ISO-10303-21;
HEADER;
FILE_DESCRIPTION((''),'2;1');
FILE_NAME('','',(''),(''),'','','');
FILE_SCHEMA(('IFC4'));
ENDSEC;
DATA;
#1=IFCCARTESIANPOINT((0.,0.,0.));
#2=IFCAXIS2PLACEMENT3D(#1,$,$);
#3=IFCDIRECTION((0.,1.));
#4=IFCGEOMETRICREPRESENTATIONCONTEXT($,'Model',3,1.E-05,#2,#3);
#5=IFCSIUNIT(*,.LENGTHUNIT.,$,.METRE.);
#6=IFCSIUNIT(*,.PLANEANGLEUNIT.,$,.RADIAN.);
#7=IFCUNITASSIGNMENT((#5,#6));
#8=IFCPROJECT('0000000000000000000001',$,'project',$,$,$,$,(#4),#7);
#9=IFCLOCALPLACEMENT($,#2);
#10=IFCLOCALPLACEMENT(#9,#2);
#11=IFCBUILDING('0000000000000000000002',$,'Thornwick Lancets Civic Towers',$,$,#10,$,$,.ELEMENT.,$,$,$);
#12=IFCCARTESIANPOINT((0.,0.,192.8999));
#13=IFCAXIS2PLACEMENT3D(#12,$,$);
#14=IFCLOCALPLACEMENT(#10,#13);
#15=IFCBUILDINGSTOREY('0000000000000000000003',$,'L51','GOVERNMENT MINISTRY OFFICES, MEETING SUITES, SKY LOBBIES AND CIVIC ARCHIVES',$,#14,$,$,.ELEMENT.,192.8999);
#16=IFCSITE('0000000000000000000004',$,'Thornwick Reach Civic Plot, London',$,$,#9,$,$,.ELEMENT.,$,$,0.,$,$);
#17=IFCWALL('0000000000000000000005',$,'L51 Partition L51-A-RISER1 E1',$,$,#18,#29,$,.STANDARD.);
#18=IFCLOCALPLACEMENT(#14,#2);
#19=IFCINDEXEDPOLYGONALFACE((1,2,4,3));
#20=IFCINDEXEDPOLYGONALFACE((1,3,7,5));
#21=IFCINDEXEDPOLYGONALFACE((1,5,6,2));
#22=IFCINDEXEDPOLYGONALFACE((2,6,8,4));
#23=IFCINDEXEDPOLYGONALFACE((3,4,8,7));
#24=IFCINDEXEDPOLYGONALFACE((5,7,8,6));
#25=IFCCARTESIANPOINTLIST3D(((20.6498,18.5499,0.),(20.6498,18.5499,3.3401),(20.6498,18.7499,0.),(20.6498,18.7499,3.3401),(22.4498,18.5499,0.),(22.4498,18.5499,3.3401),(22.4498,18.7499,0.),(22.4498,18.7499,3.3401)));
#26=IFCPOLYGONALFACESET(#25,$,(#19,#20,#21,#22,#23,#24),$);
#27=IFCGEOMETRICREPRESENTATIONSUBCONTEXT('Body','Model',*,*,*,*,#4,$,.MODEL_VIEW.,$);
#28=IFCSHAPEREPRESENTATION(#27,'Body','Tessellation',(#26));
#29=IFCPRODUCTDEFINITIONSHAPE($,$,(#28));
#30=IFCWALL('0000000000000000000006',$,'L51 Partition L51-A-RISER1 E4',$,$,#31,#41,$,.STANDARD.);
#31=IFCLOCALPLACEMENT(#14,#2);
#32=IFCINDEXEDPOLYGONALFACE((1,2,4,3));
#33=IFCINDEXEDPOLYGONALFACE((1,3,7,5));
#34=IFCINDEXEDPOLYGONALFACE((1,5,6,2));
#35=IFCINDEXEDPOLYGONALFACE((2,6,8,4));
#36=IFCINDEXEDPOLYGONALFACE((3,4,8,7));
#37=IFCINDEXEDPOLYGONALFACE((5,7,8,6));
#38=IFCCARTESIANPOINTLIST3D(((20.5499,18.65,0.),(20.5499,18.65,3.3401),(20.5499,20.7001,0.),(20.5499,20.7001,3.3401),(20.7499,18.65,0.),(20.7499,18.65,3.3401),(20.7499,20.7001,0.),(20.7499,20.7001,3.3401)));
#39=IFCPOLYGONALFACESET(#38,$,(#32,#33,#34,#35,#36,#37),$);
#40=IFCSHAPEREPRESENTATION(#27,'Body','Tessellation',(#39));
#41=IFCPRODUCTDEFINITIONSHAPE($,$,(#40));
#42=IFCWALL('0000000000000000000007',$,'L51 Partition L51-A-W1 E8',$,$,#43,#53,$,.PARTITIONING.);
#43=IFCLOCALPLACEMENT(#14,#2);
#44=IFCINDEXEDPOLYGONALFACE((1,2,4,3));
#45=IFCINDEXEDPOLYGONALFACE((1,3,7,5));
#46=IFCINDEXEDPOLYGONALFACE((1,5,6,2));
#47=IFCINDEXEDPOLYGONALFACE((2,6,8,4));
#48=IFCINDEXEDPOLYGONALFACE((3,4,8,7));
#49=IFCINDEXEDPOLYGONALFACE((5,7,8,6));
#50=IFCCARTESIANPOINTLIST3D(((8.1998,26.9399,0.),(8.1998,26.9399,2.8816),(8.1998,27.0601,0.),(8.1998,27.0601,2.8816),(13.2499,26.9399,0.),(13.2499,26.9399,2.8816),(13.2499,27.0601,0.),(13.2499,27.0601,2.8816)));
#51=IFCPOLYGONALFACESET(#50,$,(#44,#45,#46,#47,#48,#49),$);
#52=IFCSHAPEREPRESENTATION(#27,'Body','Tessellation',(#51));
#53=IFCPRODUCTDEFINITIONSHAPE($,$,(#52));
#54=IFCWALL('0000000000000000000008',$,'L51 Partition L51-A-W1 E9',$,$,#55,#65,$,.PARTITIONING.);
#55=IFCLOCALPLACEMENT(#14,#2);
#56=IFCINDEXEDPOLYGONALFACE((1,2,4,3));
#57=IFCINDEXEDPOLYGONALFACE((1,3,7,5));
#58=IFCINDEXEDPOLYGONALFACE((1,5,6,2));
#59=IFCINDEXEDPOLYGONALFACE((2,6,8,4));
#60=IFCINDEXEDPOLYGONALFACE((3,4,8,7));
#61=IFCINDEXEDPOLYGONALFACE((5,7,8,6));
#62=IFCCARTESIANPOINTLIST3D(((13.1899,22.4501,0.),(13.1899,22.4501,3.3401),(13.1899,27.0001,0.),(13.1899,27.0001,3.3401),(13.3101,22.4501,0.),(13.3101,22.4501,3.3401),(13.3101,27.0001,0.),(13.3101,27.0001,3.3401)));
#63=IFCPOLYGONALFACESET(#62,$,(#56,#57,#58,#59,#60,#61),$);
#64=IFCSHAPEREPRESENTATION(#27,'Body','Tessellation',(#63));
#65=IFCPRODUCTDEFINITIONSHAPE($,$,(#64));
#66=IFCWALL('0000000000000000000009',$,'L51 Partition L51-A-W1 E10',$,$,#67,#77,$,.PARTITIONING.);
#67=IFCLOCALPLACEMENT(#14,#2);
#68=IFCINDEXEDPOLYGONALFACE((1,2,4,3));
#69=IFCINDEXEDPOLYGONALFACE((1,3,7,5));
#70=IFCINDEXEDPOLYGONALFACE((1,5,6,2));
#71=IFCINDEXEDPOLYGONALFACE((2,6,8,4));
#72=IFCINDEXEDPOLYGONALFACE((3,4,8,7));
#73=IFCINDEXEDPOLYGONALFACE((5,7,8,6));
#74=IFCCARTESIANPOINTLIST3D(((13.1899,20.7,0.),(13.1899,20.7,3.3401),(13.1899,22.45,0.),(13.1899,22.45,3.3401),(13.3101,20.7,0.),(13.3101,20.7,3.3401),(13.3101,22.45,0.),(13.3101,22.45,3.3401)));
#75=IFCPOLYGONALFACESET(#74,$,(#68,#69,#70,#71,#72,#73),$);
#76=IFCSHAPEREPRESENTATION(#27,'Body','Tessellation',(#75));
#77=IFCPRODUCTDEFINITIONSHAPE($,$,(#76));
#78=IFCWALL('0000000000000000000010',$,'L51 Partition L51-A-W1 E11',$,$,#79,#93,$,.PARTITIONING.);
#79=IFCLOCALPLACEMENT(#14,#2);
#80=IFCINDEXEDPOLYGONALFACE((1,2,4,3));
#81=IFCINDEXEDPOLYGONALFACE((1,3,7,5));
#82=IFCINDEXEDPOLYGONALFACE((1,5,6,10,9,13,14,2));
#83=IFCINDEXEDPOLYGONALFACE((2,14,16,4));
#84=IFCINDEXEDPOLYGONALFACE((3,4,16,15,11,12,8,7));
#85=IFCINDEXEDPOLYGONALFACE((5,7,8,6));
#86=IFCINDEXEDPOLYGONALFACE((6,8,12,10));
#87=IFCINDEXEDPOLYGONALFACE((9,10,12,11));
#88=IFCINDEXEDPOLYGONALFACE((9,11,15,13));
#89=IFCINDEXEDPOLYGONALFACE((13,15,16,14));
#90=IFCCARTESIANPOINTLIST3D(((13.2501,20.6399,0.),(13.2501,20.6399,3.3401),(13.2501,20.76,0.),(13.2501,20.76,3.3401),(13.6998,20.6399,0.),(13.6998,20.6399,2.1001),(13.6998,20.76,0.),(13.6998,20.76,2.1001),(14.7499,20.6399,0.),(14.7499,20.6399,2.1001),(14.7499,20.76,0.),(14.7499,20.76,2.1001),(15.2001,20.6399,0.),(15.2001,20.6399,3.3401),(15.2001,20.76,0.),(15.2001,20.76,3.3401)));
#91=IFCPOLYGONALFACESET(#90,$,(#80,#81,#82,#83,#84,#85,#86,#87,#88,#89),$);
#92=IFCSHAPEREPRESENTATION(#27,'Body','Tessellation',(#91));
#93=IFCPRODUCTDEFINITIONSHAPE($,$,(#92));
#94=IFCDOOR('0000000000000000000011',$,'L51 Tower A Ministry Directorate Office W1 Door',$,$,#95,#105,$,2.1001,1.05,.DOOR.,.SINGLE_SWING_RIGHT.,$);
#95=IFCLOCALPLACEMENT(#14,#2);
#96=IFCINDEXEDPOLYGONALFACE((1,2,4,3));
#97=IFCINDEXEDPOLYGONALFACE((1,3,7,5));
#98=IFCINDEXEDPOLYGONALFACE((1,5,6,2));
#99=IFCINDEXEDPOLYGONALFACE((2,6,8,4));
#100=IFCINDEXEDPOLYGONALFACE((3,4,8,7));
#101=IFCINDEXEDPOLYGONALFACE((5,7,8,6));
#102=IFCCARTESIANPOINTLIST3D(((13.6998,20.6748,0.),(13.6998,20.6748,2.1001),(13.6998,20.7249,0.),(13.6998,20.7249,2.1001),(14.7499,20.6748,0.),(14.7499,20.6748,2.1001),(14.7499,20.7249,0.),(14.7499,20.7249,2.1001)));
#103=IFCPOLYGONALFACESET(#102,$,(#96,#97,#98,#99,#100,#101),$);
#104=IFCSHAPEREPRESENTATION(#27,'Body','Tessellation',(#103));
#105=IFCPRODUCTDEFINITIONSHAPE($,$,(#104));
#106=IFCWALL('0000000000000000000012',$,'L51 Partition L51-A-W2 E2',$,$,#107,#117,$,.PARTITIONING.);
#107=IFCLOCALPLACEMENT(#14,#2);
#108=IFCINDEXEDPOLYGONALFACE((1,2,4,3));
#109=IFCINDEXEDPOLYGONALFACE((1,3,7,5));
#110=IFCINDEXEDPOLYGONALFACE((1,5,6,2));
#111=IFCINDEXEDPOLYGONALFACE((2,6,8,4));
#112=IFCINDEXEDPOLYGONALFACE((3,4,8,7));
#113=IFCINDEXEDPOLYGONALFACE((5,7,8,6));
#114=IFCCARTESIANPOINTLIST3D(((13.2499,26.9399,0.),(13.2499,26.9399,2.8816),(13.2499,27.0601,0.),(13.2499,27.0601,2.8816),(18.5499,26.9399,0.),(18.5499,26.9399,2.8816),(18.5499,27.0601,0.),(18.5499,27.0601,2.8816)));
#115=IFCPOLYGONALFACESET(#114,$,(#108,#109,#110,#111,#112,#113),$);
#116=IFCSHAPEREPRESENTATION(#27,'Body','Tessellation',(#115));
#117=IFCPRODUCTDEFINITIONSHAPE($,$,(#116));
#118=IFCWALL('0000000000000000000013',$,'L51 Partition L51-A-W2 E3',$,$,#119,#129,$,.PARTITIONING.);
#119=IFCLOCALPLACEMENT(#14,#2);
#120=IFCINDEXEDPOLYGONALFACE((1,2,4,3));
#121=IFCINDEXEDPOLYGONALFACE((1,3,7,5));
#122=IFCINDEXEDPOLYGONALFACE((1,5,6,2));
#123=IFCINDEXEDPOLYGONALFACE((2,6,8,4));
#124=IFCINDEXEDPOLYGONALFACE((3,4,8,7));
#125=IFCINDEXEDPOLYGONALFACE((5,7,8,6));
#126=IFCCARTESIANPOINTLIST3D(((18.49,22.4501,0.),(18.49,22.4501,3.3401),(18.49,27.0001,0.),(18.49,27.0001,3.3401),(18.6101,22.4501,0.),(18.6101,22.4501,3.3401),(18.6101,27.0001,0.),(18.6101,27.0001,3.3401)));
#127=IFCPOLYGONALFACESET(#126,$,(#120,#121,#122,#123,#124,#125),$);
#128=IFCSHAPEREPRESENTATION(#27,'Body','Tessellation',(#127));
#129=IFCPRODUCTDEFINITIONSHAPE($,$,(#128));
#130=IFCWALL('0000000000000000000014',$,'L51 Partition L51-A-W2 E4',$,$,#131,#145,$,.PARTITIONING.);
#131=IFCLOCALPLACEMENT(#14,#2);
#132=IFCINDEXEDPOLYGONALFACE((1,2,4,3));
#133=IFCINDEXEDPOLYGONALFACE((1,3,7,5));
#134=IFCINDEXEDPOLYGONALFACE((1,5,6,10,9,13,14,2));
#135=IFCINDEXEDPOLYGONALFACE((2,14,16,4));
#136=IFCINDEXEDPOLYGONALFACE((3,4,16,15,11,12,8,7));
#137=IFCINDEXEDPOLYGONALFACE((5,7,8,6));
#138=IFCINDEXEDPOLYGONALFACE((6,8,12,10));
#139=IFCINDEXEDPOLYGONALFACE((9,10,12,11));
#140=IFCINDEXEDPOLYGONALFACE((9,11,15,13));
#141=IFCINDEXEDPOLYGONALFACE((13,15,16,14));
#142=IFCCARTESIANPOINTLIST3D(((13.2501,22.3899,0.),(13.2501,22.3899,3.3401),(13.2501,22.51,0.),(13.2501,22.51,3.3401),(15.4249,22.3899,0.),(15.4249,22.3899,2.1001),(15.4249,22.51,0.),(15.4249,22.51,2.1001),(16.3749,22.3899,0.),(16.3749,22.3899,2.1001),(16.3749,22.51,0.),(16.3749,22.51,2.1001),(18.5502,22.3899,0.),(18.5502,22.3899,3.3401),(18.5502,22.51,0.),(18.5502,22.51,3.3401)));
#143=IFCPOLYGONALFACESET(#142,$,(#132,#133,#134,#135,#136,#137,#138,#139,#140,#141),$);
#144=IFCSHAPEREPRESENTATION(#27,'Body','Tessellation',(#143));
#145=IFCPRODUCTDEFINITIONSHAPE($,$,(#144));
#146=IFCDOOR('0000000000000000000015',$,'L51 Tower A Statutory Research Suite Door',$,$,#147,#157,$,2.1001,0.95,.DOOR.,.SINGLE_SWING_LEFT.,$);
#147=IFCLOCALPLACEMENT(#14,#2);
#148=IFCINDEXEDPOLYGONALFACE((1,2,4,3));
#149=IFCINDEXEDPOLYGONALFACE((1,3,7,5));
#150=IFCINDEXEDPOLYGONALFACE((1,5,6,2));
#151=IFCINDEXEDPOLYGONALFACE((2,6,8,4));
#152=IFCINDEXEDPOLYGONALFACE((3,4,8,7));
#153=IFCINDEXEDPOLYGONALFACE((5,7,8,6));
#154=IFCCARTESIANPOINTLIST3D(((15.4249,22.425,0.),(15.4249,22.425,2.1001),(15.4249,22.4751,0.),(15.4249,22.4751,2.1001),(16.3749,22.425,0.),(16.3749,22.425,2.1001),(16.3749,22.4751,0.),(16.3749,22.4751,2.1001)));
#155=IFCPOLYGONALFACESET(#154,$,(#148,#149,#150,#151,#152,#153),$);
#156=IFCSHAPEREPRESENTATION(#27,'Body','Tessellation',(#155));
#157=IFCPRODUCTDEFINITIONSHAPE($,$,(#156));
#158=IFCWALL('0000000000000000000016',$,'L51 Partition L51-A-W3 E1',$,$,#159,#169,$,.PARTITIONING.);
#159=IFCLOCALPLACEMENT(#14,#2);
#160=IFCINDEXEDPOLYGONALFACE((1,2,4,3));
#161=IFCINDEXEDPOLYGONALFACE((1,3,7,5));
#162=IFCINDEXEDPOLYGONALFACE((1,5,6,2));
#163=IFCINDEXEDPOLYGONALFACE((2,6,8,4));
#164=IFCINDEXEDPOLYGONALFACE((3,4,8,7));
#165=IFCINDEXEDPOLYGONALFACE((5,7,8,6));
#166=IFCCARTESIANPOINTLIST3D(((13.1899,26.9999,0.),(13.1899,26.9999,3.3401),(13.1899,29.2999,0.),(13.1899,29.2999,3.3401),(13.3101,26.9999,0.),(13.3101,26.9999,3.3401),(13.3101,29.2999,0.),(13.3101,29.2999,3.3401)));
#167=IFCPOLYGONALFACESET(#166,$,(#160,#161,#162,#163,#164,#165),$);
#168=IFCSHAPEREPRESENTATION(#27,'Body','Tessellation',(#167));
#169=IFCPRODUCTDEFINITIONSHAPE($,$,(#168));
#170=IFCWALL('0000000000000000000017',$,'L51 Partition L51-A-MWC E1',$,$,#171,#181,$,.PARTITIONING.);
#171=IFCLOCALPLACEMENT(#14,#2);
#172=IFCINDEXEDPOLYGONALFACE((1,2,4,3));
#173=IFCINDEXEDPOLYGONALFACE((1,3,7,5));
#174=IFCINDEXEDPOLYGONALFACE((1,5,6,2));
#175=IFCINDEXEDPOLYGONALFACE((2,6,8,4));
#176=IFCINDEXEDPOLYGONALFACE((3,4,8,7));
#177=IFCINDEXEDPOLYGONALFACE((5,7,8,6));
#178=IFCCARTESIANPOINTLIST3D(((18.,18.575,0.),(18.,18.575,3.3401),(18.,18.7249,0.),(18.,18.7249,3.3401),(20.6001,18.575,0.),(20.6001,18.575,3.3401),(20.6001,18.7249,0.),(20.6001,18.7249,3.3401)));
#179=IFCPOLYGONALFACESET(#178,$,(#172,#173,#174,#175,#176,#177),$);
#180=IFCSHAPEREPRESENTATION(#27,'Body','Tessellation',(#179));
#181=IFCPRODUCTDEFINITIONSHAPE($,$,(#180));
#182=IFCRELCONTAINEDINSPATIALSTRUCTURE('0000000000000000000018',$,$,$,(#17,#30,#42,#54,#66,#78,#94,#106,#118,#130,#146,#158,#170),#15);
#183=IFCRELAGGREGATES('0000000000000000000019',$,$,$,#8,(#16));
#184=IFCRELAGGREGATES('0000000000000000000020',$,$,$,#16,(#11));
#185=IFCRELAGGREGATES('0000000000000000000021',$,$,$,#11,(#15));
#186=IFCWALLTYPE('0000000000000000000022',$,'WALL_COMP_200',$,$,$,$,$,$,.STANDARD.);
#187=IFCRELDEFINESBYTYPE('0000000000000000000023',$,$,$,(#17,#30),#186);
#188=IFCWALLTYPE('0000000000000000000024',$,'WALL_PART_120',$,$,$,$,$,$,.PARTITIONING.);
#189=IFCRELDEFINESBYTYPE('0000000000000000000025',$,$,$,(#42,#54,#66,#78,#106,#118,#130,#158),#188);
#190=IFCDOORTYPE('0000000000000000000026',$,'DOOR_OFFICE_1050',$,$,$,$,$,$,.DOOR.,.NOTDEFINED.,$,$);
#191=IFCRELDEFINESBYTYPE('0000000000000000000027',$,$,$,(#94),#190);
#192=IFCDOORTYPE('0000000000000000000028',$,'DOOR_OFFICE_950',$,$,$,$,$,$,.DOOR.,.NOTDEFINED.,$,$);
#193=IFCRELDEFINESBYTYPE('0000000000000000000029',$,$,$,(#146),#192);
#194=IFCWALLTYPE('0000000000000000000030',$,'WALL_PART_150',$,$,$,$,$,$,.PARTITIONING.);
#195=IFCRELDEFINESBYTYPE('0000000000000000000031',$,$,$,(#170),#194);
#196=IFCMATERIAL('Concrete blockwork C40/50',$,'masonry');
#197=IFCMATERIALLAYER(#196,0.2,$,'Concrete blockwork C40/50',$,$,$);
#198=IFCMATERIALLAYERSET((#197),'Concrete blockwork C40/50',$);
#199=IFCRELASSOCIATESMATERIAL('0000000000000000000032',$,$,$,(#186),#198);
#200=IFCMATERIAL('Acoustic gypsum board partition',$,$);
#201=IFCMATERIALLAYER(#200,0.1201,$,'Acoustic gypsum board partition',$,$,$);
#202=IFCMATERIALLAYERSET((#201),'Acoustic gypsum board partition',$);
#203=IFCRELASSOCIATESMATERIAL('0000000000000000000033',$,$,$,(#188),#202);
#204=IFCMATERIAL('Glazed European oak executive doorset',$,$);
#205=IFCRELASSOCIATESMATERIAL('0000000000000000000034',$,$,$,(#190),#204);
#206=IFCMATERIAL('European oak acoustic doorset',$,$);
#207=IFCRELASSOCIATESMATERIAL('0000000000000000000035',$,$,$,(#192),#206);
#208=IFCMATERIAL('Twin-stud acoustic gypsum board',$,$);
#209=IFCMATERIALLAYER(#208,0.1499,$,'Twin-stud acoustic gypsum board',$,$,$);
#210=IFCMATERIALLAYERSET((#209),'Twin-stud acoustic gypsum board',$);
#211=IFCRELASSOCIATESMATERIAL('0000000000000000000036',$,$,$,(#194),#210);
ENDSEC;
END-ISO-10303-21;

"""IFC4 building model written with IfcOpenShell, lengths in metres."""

from ifc_helpers import new_model, si_unit, direction, frame, frame_2d, origin, place, context, subcontext, project, spatial, rectangle, extrude, material, layer, layer_set, type_object, element, fill, save


model = new_model("IFC4")

# Units and contexts
model_context = context("Model", 3, precision=1e-05, world=origin(), true_north=direction((0.0, 1.0)))
body_context = subcontext(model_context, "Body", "Model", "MODEL_VIEW")
ifc_project = project(units=[si_unit("LENGTHUNIT", "METRE"), si_unit("PLANEANGLEUNIT", "RADIAN")], contexts=[model_context])

# Site, building, storey
site_placement = place(None, origin())
site = spatial("IfcSite", under=ifc_project, at=site_placement, Name="Thornwick Reach Civic Plot, London", CompositionType="ELEMENT", RefElevation=0.0)
building_placement = place(site_placement, origin())
building = spatial("IfcBuilding", under=site, at=building_placement, Name="Thornwick Lancets Civic Towers", CompositionType="ELEMENT")
storey_placement = place(building_placement, frame((0.0, 0.0, 192.8999)))
storey = spatial("IfcBuildingStorey", under=building, at=storey_placement, Name="L51", Description="GOVERNMENT MINISTRY OFFICES, MEETING SUITES, SKY LOBBIES AND CIVIC ARCHIVES", CompositionType="ELEMENT", Elevation=192.8999)

# Shared definitions
ifc_material_1 = material(Name="Concrete blockwork C40/50", Category="masonry")
ifc_layer_1 = layer(ifc_material_1, 0.2, Name="Concrete blockwork C40/50")
ifc_layer_set_1 = layer_set([ifc_layer_1], Name="Concrete blockwork C40/50")
wall_type_1 = type_object("IfcWallType", Name="WALL_COMP_200", PredefinedType="STANDARD", material=ifc_layer_set_1)

# Walls
wall_1_placement = place(storey_placement, frame((20.6499, 18.6499, 0.0), z_axis=(0.0, 0.0, 1.0), x_axis=(1.0, 0.0, 0.0)))
element("IfcWall", 1, at=wall_1_placement, inside=storey, type_object=wall_type_1, Name="L51 Partition L51-A-RISER1 E1", PredefinedType="STANDARD", context=body_context, shape_type="SweptSolid", body=[
    extrude(rectangle(XDim=1.8, YDim=0.2, at=frame_2d((0.8999, 0.0))), origin(), (0.0, 0.0, 1.0), 3.3401),
])
wall_2_placement = place(storey_placement, frame((20.6499, 20.7, 0.0), z_axis=(0.0, 0.0, 1.0), x_axis=(0.0, -1.0, 0.0)))
element("IfcWall", 2, at=wall_2_placement, inside=storey, type_object=wall_type_1, Name="L51 Partition L51-A-RISER1 E4", PredefinedType="STANDARD", context=body_context, shape_type="SweptSolid", body=[
    extrude(rectangle(XDim=2.05, YDim=0.2, at=frame_2d((1.0249, 0.0))), origin(), (0.0, 0.0, 1.0), 3.3401),
])
ifc_material_2 = material(Name="Acoustic gypsum board partition")
ifc_layer_2 = layer(ifc_material_2, 0.1201, Name="Acoustic gypsum board partition")
ifc_layer_set_2 = layer_set([ifc_layer_2], Name="Acoustic gypsum board partition")
wall_type_2 = type_object("IfcWallType", Name="WALL_PART_120", PredefinedType="PARTITIONING", material=ifc_layer_set_2)
wall_3_placement = place(storey_placement, frame((8.2, 27.0, 0.0), z_axis=(0.0, 0.0, 1.0), x_axis=(1.0, 0.0, 0.0)))
element("IfcWall", 3, at=wall_3_placement, inside=storey, type_object=wall_type_2, Name="L51 Partition L51-A-W1 E8", PredefinedType="PARTITIONING", context=body_context, shape_type="SweptSolid", body=[
    extrude(rectangle(XDim=5.05, YDim=0.1201, at=frame_2d((2.5249, 0.0))), origin(), (0.0, 0.0, 1.0), 2.8816),
])
wall_4_placement = place(storey_placement, frame((13.25, 27.0, 0.0), z_axis=(0.0, 0.0, 1.0), x_axis=(0.0, -1.0, 0.0)))
element("IfcWall", 4, at=wall_4_placement, inside=storey, type_object=wall_type_2, Name="L51 Partition L51-A-W1 E9", PredefinedType="PARTITIONING", context=body_context, shape_type="SweptSolid", body=[
    extrude(rectangle(XDim=4.55, YDim=0.1201, at=frame_2d((2.2749, 0.0))), origin(), (0.0, 0.0, 1.0), 3.3401),
])
wall_5_placement = place(storey_placement, frame((13.25, 22.45, 0.0), z_axis=(0.0, 0.0, 1.0), x_axis=(0.0, -1.0, 0.0)))
element("IfcWall", 5, at=wall_5_placement, inside=storey, type_object=wall_type_2, Name="L51 Partition L51-A-W1 E10", PredefinedType="PARTITIONING", context=body_context, shape_type="SweptSolid", body=[
    extrude(rectangle(XDim=1.75, YDim=0.1201, at=frame_2d((0.875, 0.0))), origin(), (0.0, 0.0, 1.0), 3.3401),
])

# Wall, opening, door
wall_6_placement = place(storey_placement, frame((13.25, 20.7, 0.0), z_axis=(0.0, 0.0, 1.0), x_axis=(1.0, 0.0, 0.0)))
wall_6 = element("IfcWall", 6, at=wall_6_placement, inside=storey, type_object=wall_type_2, Name="L51 Partition L51-A-W1 E11", PredefinedType="PARTITIONING", context=body_context, shape_type="SweptSolid", body=[
    extrude(rectangle(XDim=1.95, YDim=0.1201, at=frame_2d((0.9751, 0.0))), origin(), (0.0, 0.0, 1.0), 3.3401),
])
opening_1_placement = place(wall_6_placement, frame((0.45, 0.0, 0.0)))
opening_1 = element("IfcOpeningElement", 7, at=opening_1_placement, cuts=wall_6, PredefinedType="OPENING", context=body_context, shape_type="SweptSolid", body=[
    extrude(rectangle(XDim=1.05, YDim=2.1001, at=frame_2d((0.5249, 1.05))), frame((0.0, 0.0701, 0.0), z_axis=(0.0, -1.0, 0.0), x_axis=(1.0, 0.0, 0.0)), (0.0, 0.0, 1.0), 0.1401),
])
ifc_material_3 = material(Name="Glazed European oak executive doorset")
door_type_1 = type_object("IfcDoorType", Name="DOOR_OFFICE_1050", OperationType="NOTDEFINED", PredefinedType="DOOR", material=ifc_material_3)
door_1_placement = place(opening_1_placement, origin())
door_1 = element("IfcDoor", 8, at=door_1_placement, inside=storey, type_object=door_type_1, Name="L51 Tower A Ministry Directorate Office W1 Door", OperationType="SINGLE_SWING_RIGHT", OverallHeight=2.1001, OverallWidth=1.05, PredefinedType="DOOR", context=body_context, shape_type="SweptSolid", body=[
    extrude(rectangle(XDim=1.05, YDim=2.1001, at=frame_2d((0.5249, 1.05))), frame((0.0, 0.0249, 0.0), z_axis=(0.0, -1.0, 0.0), x_axis=(1.0, 0.0, 0.0)), (0.0, 0.0, 1.0), 0.05),
])
fill(opening_1, door_1)

# Walls
wall_7_placement = place(storey_placement, frame((13.25, 27.0, 0.0), z_axis=(0.0, 0.0, 1.0), x_axis=(1.0, 0.0, 0.0)))
element("IfcWall", 9, at=wall_7_placement, inside=storey, type_object=wall_type_2, Name="L51 Partition L51-A-W2 E2", PredefinedType="PARTITIONING", context=body_context, shape_type="SweptSolid", body=[
    extrude(rectangle(XDim=5.3, YDim=0.1201, at=frame_2d((2.6499, 0.0))), origin(), (0.0, 0.0, 1.0), 2.8816),
])
wall_8_placement = place(storey_placement, frame((18.55, 27.0, 0.0), z_axis=(0.0, 0.0, 1.0), x_axis=(0.0, -1.0, 0.0)))
element("IfcWall", 10, at=wall_8_placement, inside=storey, type_object=wall_type_2, Name="L51 Partition L51-A-W2 E3", PredefinedType="PARTITIONING", context=body_context, shape_type="SweptSolid", body=[
    extrude(rectangle(XDim=4.55, YDim=0.1201, at=frame_2d((2.2749, 0.0))), origin(), (0.0, 0.0, 1.0), 3.3401),
])

# Wall, opening, door
wall_9_placement = place(storey_placement, frame((18.55, 22.45, 0.0), z_axis=(0.0, 0.0, 1.0), x_axis=(-1.0, 0.0, 0.0)))
wall_9 = element("IfcWall", 11, at=wall_9_placement, inside=storey, type_object=wall_type_2, Name="L51 Partition L51-A-W2 E4", PredefinedType="PARTITIONING", context=body_context, shape_type="SweptSolid", body=[
    extrude(rectangle(XDim=5.3, YDim=0.1201, at=frame_2d((2.6499, 0.0))), origin(), (0.0, 0.0, 1.0), 3.3401),
])
opening_2_placement = place(wall_9_placement, frame((2.175, 0.0, 0.0)))
opening_2 = element("IfcOpeningElement", 12, at=opening_2_placement, cuts=wall_9, PredefinedType="OPENING", context=body_context, shape_type="SweptSolid", body=[
    extrude(rectangle(XDim=0.95, YDim=2.1001, at=frame_2d((0.4751, 1.05))), frame((0.0, 0.0701, 0.0), z_axis=(0.0, -1.0, 0.0), x_axis=(1.0, 0.0, 0.0)), (0.0, 0.0, 1.0), 0.1401),
])
ifc_material_4 = material(Name="European oak acoustic doorset")
door_type_2 = type_object("IfcDoorType", Name="DOOR_OFFICE_950", OperationType="NOTDEFINED", PredefinedType="DOOR", material=ifc_material_4)
door_2_placement = place(opening_2_placement, origin())
door_2 = element("IfcDoor", 13, at=door_2_placement, inside=storey, type_object=door_type_2, Name="L51 Tower A Statutory Research Suite Door", OperationType="SINGLE_SWING_LEFT", OverallHeight=2.1001, OverallWidth=0.95, PredefinedType="DOOR", context=body_context, shape_type="SweptSolid", body=[
    extrude(rectangle(XDim=0.95, YDim=2.1001, at=frame_2d((0.4751, 1.05))), frame((0.0, 0.0249, 0.0), z_axis=(0.0, -1.0, 0.0), x_axis=(1.0, 0.0, 0.0)), (0.0, 0.0, 1.0), 0.05),
])
fill(opening_2, door_2)

# Walls
wall_10_placement = place(storey_placement, frame((13.25, 27.0, 0.0), z_axis=(0.0, 0.0, 1.0), x_axis=(0.0, 1.0, 0.0)))
element("IfcWall", 14, at=wall_10_placement, inside=storey, type_object=wall_type_2, Name="L51 Partition L51-A-W3 E1", PredefinedType="PARTITIONING", context=body_context, shape_type="SweptSolid", body=[
    extrude(rectangle(XDim=2.3, YDim=0.1201, at=frame_2d((1.1499, 0.0))), origin(), (0.0, 0.0, 1.0), 3.3401),
])
ifc_material_5 = material(Name="Twin-stud acoustic gypsum board")
ifc_layer_3 = layer(ifc_material_5, 0.1499, Name="Twin-stud acoustic gypsum board")
ifc_layer_set_3 = layer_set([ifc_layer_3], Name="Twin-stud acoustic gypsum board")
wall_type_3 = type_object("IfcWallType", Name="WALL_PART_150", PredefinedType="PARTITIONING", material=ifc_layer_set_3)
wall_11_placement = place(storey_placement, frame((18.0, 18.6499, 0.0), z_axis=(0.0, 0.0, 1.0), x_axis=(1.0, 0.0, 0.0)))
element("IfcWall", 15, at=wall_11_placement, inside=storey, type_object=wall_type_3, Name="L51 Partition L51-A-MWC E1", PredefinedType="PARTITIONING", context=body_context, shape_type="SweptSolid", body=[
    extrude(rectangle(XDim=2.6001, YDim=0.1499, at=frame_2d((1.3, 0.0))), origin(), (0.0, 0.0, 1.0), 3.3401),
])

save(model, "model.ifc")
